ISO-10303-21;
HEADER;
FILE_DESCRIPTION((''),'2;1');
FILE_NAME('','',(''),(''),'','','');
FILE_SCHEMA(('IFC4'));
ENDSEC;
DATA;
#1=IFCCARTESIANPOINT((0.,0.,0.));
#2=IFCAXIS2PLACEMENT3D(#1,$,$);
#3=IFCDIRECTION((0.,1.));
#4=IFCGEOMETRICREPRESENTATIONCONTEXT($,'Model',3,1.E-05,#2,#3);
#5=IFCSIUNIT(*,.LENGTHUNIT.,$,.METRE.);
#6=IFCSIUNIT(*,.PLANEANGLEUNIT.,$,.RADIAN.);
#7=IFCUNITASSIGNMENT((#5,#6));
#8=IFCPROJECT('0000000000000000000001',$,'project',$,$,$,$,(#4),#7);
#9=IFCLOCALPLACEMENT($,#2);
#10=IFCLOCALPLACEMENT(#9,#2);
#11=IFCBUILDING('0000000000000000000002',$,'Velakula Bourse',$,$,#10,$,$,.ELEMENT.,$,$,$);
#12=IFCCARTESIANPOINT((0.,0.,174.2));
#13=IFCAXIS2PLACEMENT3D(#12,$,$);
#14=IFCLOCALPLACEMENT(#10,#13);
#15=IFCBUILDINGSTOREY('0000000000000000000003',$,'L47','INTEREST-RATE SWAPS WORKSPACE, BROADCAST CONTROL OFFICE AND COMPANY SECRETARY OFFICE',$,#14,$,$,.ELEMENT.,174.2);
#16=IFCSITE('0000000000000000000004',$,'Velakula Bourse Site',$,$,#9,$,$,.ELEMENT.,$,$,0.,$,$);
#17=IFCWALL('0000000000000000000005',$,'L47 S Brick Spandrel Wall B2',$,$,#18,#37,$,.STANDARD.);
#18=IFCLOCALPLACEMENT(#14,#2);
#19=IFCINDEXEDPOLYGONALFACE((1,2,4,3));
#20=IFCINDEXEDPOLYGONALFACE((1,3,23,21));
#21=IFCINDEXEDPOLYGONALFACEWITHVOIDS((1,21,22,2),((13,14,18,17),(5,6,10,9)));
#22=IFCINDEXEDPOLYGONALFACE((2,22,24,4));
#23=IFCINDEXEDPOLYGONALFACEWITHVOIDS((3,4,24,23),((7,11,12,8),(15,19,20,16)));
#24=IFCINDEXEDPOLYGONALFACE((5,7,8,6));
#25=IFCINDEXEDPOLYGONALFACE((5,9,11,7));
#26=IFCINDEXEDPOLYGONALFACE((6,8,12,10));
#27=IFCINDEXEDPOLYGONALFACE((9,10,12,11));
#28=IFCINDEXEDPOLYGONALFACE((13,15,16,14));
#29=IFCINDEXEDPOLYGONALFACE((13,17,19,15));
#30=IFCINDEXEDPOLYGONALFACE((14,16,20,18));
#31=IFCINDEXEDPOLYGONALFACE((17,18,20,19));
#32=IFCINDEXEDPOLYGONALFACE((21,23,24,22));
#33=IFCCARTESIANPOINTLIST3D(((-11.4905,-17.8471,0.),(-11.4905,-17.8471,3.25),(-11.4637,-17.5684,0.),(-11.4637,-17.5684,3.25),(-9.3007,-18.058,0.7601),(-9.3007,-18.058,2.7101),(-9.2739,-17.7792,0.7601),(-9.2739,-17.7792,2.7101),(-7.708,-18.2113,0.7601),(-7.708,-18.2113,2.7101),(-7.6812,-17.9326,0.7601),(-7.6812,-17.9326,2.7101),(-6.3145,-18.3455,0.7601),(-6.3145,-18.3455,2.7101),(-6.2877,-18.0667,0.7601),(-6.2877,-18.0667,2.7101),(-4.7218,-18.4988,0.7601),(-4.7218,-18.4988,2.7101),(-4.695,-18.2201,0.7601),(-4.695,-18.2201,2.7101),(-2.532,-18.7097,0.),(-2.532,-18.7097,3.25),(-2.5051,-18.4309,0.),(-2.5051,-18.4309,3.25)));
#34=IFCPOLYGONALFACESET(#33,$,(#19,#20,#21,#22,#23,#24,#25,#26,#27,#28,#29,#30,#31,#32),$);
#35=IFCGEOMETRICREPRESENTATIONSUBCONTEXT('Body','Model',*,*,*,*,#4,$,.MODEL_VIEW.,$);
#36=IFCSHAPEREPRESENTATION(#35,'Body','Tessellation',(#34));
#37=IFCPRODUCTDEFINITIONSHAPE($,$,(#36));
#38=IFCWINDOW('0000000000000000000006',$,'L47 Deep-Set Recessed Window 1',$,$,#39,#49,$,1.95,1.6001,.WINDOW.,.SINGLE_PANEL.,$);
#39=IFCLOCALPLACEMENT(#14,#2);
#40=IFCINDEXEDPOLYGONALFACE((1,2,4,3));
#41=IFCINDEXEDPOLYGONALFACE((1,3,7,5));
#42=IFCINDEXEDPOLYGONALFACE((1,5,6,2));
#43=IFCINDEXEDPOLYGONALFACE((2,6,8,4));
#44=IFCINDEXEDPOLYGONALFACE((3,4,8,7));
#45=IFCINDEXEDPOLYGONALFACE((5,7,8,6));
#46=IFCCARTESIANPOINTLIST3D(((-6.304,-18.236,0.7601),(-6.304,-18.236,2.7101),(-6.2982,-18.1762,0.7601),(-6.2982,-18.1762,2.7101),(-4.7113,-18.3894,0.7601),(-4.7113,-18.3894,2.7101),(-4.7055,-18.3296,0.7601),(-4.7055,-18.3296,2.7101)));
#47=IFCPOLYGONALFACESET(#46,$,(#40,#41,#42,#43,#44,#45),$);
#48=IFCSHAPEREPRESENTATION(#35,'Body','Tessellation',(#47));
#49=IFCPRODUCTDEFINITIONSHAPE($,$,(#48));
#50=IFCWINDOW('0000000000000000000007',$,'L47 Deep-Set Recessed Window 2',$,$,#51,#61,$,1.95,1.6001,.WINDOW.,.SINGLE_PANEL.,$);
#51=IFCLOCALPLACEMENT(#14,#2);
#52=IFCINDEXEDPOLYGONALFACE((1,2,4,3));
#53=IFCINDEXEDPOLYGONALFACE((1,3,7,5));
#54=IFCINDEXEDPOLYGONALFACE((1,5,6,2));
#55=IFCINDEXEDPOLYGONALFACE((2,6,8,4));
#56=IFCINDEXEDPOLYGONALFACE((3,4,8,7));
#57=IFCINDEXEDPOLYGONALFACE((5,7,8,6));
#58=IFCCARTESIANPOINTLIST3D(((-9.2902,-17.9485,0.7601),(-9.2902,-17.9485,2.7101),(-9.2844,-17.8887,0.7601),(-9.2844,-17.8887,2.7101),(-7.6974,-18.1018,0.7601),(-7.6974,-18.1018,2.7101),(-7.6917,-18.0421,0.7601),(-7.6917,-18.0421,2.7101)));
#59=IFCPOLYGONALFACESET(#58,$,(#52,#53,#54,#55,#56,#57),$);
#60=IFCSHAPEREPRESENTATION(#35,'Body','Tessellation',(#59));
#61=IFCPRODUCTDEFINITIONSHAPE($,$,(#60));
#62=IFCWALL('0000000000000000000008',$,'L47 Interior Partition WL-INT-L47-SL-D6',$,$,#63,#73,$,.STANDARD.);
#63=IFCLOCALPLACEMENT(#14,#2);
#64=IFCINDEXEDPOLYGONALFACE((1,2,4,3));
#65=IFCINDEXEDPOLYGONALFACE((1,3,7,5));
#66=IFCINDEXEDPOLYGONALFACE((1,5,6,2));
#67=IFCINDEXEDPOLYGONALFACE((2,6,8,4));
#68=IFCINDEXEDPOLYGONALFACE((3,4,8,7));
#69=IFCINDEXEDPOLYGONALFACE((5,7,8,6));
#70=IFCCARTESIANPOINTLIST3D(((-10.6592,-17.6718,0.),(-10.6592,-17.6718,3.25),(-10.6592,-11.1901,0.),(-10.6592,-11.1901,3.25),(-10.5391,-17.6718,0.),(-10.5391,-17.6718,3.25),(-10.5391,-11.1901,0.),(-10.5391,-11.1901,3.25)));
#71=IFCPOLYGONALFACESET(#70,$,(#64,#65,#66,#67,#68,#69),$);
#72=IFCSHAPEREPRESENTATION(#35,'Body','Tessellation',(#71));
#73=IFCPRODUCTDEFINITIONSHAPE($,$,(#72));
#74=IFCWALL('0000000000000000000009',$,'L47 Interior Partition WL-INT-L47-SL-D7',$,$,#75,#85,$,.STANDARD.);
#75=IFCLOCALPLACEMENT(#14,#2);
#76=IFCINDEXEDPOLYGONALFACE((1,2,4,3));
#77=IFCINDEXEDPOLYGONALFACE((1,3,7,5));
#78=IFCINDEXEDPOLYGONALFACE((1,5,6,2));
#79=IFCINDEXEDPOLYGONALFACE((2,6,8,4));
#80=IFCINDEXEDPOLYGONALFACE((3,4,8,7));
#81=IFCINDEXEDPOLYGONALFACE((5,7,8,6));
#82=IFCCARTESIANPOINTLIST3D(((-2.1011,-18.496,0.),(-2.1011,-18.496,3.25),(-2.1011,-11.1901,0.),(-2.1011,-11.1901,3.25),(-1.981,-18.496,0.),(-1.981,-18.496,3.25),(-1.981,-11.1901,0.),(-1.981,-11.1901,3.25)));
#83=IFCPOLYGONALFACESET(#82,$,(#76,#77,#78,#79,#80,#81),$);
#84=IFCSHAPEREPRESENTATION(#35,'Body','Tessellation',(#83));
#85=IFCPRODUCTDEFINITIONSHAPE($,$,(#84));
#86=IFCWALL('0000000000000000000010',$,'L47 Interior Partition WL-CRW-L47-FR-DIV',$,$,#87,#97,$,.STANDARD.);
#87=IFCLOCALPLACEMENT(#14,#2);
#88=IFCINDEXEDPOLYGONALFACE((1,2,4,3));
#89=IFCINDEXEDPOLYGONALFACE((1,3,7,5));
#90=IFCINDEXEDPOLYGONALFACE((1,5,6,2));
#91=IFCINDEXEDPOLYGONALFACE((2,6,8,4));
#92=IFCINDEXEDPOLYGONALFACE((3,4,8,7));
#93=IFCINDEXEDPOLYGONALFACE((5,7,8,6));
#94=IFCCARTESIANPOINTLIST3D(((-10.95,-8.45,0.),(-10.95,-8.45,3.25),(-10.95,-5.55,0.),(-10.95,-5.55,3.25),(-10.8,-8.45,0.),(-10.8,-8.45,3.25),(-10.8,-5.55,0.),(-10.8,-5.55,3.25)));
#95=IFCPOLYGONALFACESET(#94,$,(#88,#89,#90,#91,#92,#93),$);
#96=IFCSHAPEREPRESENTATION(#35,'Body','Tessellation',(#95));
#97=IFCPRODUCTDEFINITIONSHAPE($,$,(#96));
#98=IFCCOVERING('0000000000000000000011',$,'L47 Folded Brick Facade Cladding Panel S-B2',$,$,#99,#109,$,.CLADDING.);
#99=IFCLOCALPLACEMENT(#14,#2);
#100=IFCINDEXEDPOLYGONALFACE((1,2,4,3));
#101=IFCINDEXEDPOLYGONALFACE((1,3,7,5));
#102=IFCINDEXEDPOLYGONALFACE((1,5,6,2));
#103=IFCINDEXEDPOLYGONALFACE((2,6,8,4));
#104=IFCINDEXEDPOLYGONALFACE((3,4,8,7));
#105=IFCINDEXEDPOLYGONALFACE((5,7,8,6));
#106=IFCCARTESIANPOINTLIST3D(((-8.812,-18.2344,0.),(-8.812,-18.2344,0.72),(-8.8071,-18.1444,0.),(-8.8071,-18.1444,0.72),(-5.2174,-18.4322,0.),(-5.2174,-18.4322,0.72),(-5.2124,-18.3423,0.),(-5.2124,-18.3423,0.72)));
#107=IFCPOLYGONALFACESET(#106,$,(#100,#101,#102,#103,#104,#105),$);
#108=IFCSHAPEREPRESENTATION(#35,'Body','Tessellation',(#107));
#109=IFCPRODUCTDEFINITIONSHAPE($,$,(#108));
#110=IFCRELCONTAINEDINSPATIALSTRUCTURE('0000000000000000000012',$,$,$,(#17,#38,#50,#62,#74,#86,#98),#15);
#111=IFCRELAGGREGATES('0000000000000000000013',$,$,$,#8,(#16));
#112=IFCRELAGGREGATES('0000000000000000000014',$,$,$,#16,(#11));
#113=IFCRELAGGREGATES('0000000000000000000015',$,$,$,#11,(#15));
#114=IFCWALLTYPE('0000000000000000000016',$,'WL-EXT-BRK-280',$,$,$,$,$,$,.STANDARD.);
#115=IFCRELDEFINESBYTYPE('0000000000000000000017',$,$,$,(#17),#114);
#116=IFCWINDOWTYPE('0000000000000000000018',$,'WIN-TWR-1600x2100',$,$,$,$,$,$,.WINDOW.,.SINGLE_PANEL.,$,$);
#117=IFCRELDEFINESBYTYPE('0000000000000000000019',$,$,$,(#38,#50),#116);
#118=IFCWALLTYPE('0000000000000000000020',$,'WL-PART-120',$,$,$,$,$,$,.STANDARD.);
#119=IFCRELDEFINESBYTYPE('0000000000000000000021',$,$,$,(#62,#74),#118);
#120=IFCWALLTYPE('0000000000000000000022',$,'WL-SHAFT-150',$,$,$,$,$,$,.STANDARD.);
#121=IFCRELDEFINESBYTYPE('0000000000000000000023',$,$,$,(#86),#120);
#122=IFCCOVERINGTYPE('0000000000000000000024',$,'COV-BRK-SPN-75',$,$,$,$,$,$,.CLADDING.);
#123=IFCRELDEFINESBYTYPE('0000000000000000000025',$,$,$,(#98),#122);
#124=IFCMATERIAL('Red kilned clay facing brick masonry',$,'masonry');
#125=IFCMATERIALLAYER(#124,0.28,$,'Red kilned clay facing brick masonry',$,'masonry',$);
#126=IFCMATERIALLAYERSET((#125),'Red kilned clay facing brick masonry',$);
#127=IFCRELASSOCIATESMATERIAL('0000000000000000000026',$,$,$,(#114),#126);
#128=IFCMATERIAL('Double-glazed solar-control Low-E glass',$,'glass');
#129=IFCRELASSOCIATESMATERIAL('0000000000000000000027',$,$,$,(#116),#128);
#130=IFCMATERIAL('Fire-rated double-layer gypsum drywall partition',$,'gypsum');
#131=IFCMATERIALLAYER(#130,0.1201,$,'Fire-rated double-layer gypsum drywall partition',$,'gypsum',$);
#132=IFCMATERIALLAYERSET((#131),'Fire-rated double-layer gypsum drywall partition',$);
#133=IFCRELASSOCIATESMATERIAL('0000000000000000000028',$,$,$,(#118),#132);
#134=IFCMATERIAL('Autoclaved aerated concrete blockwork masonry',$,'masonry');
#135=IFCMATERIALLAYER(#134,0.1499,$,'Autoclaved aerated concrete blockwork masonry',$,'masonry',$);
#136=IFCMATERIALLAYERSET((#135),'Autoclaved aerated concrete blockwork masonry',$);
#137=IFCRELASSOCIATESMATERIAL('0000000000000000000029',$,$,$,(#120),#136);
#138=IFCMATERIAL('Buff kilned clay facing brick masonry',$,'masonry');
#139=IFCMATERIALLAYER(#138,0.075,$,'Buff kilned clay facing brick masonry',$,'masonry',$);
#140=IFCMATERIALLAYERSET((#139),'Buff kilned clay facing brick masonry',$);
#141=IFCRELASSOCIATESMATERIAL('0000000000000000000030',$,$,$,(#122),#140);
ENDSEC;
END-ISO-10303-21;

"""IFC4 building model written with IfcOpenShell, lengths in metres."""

from ifc_helpers import new_model, si_unit, direction, frame, frame_2d, origin, origin_2d, place, context, subcontext, project, spatial, rectangle, extrude, material, layer, layer_set, type_object, element, fill, save


model = new_model("IFC4")

# Units and contexts
model_context = context("Model", 3, precision=1e-05, world=origin(), true_north=direction((0.0, 1.0)))
body_context = subcontext(model_context, "Body", "Model", "MODEL_VIEW")
ifc_project = project(units=[si_unit("LENGTHUNIT", "METRE"), si_unit("PLANEANGLEUNIT", "RADIAN")], contexts=[model_context])

# Site, building, storey
site_placement = place(None, origin())
site = spatial("IfcSite", under=ifc_project, at=site_placement, Name="Velakula Bourse Site", CompositionType="ELEMENT", RefElevation=0.0)
building_placement = place(site_placement, origin())
building = spatial("IfcBuilding", under=site, at=building_placement, Name="Velakula Bourse", CompositionType="ELEMENT")
storey_placement = place(building_placement, frame((0.0, 0.0, 174.2)))
storey = spatial("IfcBuildingStorey", under=building, at=storey_placement, Name="L47", Description="INTEREST-RATE SWAPS WORKSPACE, BROADCAST CONTROL OFFICE AND COMPANY SECRETARY OFFICE", CompositionType="ELEMENT", Elevation=174.2)

# Wall, openings, windows
ifc_material_1 = material(Name="Red kilned clay facing brick masonry", Category="masonry")
ifc_layer_1 = layer(ifc_material_1, 0.28, Name="Red kilned clay facing brick masonry", Category="masonry")
ifc_layer_set_1 = layer_set([ifc_layer_1], Name="Red kilned clay facing brick masonry")
wall_type_1 = type_object("IfcWallType", Name="WL-EXT-BRK-280", PredefinedType="STANDARD", material=ifc_layer_set_1)
ifc_material_2 = material(Name="Double-glazed solar-control Low-E glass", Category="glass")
window_type = type_object("IfcWindowType", Name="WIN-TWR-1600x2100", PartitioningType="SINGLE_PANEL", PredefinedType="WINDOW", material=ifc_material_2)
wall_1_placement = place(storey_placement, frame((-2.5186, -18.5703, 0.0), z_axis=(0.0, 0.0, 1.0), x_axis=(-0.995397, 0.09584, 0.0)))
wall_1 = element("IfcWall", 1, at=wall_1_placement, inside=storey, type_object=wall_type_1, Name="L47 S Brick Spandrel Wall B2", PredefinedType="STANDARD", context=body_context, shape_type="SweptSolid", body=[
    extrude(rectangle(XDim=9.0, YDim=0.28, at=frame_2d((4.5, 0.0))), origin(), (0.0, 0.0, 1.0), 3.25),
])
opening_1_placement = place(wall_1_placement, frame((2.2, 0.0, 0.76)))
opening_1 = element("IfcOpeningElement", 2, at=opening_1_placement, cuts=wall_1, PredefinedType="OPENING", context=body_context, shape_type="SweptSolid", body=[
    extrude(rectangle(XDim=1.6001, YDim=1.95, at=frame_2d((0.8, 0.9751))), frame((0.0, 0.1499, 0.0), z_axis=(0.0, -1.0, 0.0), x_axis=(1.0, 0.0, 0.0)), (0.0, 0.0, 1.0), 0.3),
])
opening_2_placement = place(wall_1_placement, frame((5.2, 0.0, 0.76)))
opening_2 = element("IfcOpeningElement", 3, at=opening_2_placement, cuts=wall_1, PredefinedType="OPENING", context=body_context, shape_type="SweptSolid", body=[
    extrude(rectangle(XDim=1.6001, YDim=1.95, at=frame_2d((0.8, 0.9751))), frame((0.0, 0.1499, 0.0), z_axis=(0.0, -1.0, 0.0), x_axis=(1.0, 0.0, 0.0)), (0.0, 0.0, 1.0), 0.3),
])
window_1_placement = place(opening_1_placement, origin())
window_1 = element("IfcWindow", 4, at=window_1_placement, inside=storey, type_object=window_type, Name="L47 Deep-Set Recessed Window 1", OverallHeight=1.95, OverallWidth=1.6001, PartitioningType="SINGLE_PANEL", PredefinedType="WINDOW", context=body_context, shape_type="SweptSolid", body=[
    extrude(rectangle(XDim=1.6001, YDim=1.95, at=frame_2d((0.8, 0.9751))), frame((0.0, 0.03, 0.0), z_axis=(0.0, -1.0, 0.0), x_axis=(1.0, 0.0, 0.0)), (0.0, 0.0, 1.0), 0.0601),
])
fill(opening_1, window_1)
window_2_placement = place(opening_2_placement, origin())
window_2 = element("IfcWindow", 5, at=window_2_placement, inside=storey, type_object=window_type, Name="L47 Deep-Set Recessed Window 2", OverallHeight=1.95, OverallWidth=1.6001, PartitioningType="SINGLE_PANEL", PredefinedType="WINDOW", context=body_context, shape_type="SweptSolid", body=[
    extrude(rectangle(XDim=1.6001, YDim=1.95, at=frame_2d((0.8, 0.9751))), frame((0.0, 0.03, 0.0), z_axis=(0.0, -1.0, 0.0), x_axis=(1.0, 0.0, 0.0)), (0.0, 0.0, 1.0), 0.0601),
])
fill(opening_2, window_2)

# Walls
ifc_material_3 = material(Name="Fire-rated double-layer gypsum drywall partition", Category="gypsum")
ifc_layer_2 = layer(ifc_material_3, 0.1201, Name="Fire-rated double-layer gypsum drywall partition", Category="gypsum")
ifc_layer_set_2 = layer_set([ifc_layer_2], Name="Fire-rated double-layer gypsum drywall partition")
wall_type_2 = type_object("IfcWallType", Name="WL-PART-120", PredefinedType="STANDARD", material=ifc_layer_set_2)
wall_2_placement = place(storey_placement, frame((-10.5991, -17.6716, 0.0), z_axis=(0.0, 0.0, 1.0), x_axis=(0.0, 1.0, 0.0)))
element("IfcWall", 6, at=wall_2_placement, inside=storey, type_object=wall_type_2, Name="L47 Interior Partition WL-INT-L47-SL-D6", PredefinedType="STANDARD", context=body_context, shape_type="SweptSolid", body=[
    extrude(rectangle(XDim=6.4817, YDim=0.1201, at=frame_2d((3.2407, 0.0))), origin(), (0.0, 0.0, 1.0), 3.25),
])
wall_3_placement = place(storey_placement, frame((-2.041, -18.4958, 0.0), z_axis=(0.0, 0.0, 1.0), x_axis=(0.0, 1.0, 0.0)))
element("IfcWall", 7, at=wall_3_placement, inside=storey, type_object=wall_type_2, Name="L47 Interior Partition WL-INT-L47-SL-D7", PredefinedType="STANDARD", context=body_context, shape_type="SweptSolid", body=[
    extrude(rectangle(XDim=7.3059, YDim=0.1201, at=frame_2d((3.6528, 0.0))), origin(), (0.0, 0.0, 1.0), 3.25),
])
ifc_material_4 = material(Name="Autoclaved aerated concrete blockwork masonry", Category="masonry")
ifc_layer_3 = layer(ifc_material_4, 0.1499, Name="Autoclaved aerated concrete blockwork masonry", Category="masonry")
ifc_layer_set_3 = layer_set([ifc_layer_3], Name="Autoclaved aerated concrete blockwork masonry")
wall_type_3 = type_object("IfcWallType", Name="WL-SHAFT-150", PredefinedType="STANDARD", material=ifc_layer_set_3)
wall_4_placement = place(storey_placement, frame((-10.875, -8.45, 0.0), z_axis=(0.0, 0.0, 1.0), x_axis=(0.0, 1.0, 0.0)))
element("IfcWall", 8, at=wall_4_placement, inside=storey, type_object=wall_type_3, Name="L47 Interior Partition WL-CRW-L47-FR-DIV", PredefinedType="STANDARD", context=body_context, shape_type="SweptSolid", body=[
    extrude(rectangle(XDim=2.8999, YDim=0.1499, at=frame_2d((1.45, 0.0))), origin(), (0.0, 0.0, 1.0), 3.25),
])

# Covering
ifc_material_5 = material(Name="Buff kilned clay facing brick masonry", Category="masonry")
ifc_layer_4 = layer(ifc_material_5, 0.075, Name="Buff kilned clay facing brick masonry", Category="masonry")
ifc_layer_set_4 = layer_set([ifc_layer_4], Name="Buff kilned clay facing brick masonry")
covering_type = type_object("IfcCoveringType", Name="COV-BRK-SPN-75", PredefinedType="CLADDING", material=ifc_layer_set_4)
covering_placement = place(storey_placement, frame((-7.0122, -18.2883, 0.0), z_axis=(0.0, 0.0, 1.0), x_axis=(0.998489, -0.05495, 0.0)))
element("IfcCovering", 9, at=covering_placement, inside=storey, type_object=covering_type, Name="L47 Folded Brick Facade Cladding Panel S-B2", PredefinedType="CLADDING", context=body_context, shape_type="SweptSolid", body=[
    extrude(rectangle(XDim=3.6001, YDim=0.0901, at=origin_2d()), origin(), (0.0, 0.0, 1.0), 0.72),
])

save(model, "model.ifc")
